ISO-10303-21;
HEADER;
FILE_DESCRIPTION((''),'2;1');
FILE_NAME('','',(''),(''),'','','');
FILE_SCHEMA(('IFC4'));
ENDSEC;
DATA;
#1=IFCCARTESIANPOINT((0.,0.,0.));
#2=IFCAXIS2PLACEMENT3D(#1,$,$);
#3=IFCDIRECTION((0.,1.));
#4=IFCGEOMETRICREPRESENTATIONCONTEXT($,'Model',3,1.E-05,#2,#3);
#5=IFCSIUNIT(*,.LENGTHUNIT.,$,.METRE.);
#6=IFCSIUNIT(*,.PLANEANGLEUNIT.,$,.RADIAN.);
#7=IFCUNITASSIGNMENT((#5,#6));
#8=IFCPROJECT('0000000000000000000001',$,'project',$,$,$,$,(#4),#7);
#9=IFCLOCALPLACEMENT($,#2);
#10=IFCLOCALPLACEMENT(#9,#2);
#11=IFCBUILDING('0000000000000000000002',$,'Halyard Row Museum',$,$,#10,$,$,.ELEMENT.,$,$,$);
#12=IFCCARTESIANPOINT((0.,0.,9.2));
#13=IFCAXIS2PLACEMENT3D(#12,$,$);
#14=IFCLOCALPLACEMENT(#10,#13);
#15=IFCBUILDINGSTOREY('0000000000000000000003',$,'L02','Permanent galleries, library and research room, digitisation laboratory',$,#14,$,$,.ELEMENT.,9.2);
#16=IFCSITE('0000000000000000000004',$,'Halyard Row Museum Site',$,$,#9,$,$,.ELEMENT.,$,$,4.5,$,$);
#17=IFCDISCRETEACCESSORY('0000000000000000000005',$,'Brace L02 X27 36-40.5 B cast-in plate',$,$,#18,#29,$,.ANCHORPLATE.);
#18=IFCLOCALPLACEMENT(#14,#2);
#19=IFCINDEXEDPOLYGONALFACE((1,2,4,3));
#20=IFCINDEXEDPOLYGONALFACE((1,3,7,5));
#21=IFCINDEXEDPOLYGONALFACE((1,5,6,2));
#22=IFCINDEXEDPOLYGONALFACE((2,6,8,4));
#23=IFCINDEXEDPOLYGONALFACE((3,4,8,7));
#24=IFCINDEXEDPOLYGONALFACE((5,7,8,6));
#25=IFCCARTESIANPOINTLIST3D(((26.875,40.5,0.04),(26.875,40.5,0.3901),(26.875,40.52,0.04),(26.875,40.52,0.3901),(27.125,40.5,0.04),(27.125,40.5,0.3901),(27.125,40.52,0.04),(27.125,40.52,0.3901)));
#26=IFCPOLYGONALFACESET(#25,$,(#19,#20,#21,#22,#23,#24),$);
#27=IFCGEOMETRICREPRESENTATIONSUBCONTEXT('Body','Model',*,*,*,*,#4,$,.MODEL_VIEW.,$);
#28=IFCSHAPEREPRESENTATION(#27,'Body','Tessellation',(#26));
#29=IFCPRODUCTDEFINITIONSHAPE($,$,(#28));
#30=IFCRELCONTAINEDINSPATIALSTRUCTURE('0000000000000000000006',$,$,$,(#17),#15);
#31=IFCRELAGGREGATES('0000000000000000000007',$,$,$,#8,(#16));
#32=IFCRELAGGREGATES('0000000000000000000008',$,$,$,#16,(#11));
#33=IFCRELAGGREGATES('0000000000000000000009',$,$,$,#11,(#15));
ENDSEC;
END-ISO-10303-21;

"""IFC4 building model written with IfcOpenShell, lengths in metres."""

from ifc_helpers import new_model, si_unit, direction, frame, origin, origin_2d, place, context, subcontext, project, spatial, rectangle, extrude, element, save


model = new_model("IFC4")

# Units and contexts
model_context = context("Model", 3, precision=1e-05, world=origin(), true_north=direction((0.0, 1.0)))
body_context = subcontext(model_context, "Body", "Model", "MODEL_VIEW")
ifc_project = project(units=[si_unit("LENGTHUNIT", "METRE"), si_unit("PLANEANGLEUNIT", "RADIAN")], contexts=[model_context])

# Site, building, storey
site_placement = place(None, origin())
site = spatial("IfcSite", under=ifc_project, at=site_placement, Name="Halyard Row Museum Site", CompositionType="ELEMENT", RefElevation=4.5)
building_placement = place(site_placement, origin())
building = spatial("IfcBuilding", under=site, at=building_placement, Name="Halyard Row Museum", CompositionType="ELEMENT")
storey_placement = place(building_placement, frame((0.0, 0.0, 9.2)))
storey = spatial("IfcBuildingStorey", under=building, at=storey_placement, Name="L02", Description="Permanent galleries, library and research room, digitisation laboratory", CompositionType="ELEMENT", Elevation=9.2)

# Discrete accessory
discrete_accessory_placement = place(storey_placement, frame((27.0, 40.5, 0.2151), z_axis=(0.0, 1.0, 0.0), x_axis=(-1.0, 0.0, 0.0)))
element("IfcDiscreteAccessory", 1, at=discrete_accessory_placement, inside=storey, Name="Brace L02 X27 36-40.5 B cast-in plate", PredefinedType="ANCHORPLATE", context=body_context, shape_type="SweptSolid", body=[
    extrude(rectangle(XDim=0.25, YDim=0.3501, at=origin_2d()), origin(), (0.0, 0.0, 1.0), 0.02),
])

save(model, "model.ifc")
